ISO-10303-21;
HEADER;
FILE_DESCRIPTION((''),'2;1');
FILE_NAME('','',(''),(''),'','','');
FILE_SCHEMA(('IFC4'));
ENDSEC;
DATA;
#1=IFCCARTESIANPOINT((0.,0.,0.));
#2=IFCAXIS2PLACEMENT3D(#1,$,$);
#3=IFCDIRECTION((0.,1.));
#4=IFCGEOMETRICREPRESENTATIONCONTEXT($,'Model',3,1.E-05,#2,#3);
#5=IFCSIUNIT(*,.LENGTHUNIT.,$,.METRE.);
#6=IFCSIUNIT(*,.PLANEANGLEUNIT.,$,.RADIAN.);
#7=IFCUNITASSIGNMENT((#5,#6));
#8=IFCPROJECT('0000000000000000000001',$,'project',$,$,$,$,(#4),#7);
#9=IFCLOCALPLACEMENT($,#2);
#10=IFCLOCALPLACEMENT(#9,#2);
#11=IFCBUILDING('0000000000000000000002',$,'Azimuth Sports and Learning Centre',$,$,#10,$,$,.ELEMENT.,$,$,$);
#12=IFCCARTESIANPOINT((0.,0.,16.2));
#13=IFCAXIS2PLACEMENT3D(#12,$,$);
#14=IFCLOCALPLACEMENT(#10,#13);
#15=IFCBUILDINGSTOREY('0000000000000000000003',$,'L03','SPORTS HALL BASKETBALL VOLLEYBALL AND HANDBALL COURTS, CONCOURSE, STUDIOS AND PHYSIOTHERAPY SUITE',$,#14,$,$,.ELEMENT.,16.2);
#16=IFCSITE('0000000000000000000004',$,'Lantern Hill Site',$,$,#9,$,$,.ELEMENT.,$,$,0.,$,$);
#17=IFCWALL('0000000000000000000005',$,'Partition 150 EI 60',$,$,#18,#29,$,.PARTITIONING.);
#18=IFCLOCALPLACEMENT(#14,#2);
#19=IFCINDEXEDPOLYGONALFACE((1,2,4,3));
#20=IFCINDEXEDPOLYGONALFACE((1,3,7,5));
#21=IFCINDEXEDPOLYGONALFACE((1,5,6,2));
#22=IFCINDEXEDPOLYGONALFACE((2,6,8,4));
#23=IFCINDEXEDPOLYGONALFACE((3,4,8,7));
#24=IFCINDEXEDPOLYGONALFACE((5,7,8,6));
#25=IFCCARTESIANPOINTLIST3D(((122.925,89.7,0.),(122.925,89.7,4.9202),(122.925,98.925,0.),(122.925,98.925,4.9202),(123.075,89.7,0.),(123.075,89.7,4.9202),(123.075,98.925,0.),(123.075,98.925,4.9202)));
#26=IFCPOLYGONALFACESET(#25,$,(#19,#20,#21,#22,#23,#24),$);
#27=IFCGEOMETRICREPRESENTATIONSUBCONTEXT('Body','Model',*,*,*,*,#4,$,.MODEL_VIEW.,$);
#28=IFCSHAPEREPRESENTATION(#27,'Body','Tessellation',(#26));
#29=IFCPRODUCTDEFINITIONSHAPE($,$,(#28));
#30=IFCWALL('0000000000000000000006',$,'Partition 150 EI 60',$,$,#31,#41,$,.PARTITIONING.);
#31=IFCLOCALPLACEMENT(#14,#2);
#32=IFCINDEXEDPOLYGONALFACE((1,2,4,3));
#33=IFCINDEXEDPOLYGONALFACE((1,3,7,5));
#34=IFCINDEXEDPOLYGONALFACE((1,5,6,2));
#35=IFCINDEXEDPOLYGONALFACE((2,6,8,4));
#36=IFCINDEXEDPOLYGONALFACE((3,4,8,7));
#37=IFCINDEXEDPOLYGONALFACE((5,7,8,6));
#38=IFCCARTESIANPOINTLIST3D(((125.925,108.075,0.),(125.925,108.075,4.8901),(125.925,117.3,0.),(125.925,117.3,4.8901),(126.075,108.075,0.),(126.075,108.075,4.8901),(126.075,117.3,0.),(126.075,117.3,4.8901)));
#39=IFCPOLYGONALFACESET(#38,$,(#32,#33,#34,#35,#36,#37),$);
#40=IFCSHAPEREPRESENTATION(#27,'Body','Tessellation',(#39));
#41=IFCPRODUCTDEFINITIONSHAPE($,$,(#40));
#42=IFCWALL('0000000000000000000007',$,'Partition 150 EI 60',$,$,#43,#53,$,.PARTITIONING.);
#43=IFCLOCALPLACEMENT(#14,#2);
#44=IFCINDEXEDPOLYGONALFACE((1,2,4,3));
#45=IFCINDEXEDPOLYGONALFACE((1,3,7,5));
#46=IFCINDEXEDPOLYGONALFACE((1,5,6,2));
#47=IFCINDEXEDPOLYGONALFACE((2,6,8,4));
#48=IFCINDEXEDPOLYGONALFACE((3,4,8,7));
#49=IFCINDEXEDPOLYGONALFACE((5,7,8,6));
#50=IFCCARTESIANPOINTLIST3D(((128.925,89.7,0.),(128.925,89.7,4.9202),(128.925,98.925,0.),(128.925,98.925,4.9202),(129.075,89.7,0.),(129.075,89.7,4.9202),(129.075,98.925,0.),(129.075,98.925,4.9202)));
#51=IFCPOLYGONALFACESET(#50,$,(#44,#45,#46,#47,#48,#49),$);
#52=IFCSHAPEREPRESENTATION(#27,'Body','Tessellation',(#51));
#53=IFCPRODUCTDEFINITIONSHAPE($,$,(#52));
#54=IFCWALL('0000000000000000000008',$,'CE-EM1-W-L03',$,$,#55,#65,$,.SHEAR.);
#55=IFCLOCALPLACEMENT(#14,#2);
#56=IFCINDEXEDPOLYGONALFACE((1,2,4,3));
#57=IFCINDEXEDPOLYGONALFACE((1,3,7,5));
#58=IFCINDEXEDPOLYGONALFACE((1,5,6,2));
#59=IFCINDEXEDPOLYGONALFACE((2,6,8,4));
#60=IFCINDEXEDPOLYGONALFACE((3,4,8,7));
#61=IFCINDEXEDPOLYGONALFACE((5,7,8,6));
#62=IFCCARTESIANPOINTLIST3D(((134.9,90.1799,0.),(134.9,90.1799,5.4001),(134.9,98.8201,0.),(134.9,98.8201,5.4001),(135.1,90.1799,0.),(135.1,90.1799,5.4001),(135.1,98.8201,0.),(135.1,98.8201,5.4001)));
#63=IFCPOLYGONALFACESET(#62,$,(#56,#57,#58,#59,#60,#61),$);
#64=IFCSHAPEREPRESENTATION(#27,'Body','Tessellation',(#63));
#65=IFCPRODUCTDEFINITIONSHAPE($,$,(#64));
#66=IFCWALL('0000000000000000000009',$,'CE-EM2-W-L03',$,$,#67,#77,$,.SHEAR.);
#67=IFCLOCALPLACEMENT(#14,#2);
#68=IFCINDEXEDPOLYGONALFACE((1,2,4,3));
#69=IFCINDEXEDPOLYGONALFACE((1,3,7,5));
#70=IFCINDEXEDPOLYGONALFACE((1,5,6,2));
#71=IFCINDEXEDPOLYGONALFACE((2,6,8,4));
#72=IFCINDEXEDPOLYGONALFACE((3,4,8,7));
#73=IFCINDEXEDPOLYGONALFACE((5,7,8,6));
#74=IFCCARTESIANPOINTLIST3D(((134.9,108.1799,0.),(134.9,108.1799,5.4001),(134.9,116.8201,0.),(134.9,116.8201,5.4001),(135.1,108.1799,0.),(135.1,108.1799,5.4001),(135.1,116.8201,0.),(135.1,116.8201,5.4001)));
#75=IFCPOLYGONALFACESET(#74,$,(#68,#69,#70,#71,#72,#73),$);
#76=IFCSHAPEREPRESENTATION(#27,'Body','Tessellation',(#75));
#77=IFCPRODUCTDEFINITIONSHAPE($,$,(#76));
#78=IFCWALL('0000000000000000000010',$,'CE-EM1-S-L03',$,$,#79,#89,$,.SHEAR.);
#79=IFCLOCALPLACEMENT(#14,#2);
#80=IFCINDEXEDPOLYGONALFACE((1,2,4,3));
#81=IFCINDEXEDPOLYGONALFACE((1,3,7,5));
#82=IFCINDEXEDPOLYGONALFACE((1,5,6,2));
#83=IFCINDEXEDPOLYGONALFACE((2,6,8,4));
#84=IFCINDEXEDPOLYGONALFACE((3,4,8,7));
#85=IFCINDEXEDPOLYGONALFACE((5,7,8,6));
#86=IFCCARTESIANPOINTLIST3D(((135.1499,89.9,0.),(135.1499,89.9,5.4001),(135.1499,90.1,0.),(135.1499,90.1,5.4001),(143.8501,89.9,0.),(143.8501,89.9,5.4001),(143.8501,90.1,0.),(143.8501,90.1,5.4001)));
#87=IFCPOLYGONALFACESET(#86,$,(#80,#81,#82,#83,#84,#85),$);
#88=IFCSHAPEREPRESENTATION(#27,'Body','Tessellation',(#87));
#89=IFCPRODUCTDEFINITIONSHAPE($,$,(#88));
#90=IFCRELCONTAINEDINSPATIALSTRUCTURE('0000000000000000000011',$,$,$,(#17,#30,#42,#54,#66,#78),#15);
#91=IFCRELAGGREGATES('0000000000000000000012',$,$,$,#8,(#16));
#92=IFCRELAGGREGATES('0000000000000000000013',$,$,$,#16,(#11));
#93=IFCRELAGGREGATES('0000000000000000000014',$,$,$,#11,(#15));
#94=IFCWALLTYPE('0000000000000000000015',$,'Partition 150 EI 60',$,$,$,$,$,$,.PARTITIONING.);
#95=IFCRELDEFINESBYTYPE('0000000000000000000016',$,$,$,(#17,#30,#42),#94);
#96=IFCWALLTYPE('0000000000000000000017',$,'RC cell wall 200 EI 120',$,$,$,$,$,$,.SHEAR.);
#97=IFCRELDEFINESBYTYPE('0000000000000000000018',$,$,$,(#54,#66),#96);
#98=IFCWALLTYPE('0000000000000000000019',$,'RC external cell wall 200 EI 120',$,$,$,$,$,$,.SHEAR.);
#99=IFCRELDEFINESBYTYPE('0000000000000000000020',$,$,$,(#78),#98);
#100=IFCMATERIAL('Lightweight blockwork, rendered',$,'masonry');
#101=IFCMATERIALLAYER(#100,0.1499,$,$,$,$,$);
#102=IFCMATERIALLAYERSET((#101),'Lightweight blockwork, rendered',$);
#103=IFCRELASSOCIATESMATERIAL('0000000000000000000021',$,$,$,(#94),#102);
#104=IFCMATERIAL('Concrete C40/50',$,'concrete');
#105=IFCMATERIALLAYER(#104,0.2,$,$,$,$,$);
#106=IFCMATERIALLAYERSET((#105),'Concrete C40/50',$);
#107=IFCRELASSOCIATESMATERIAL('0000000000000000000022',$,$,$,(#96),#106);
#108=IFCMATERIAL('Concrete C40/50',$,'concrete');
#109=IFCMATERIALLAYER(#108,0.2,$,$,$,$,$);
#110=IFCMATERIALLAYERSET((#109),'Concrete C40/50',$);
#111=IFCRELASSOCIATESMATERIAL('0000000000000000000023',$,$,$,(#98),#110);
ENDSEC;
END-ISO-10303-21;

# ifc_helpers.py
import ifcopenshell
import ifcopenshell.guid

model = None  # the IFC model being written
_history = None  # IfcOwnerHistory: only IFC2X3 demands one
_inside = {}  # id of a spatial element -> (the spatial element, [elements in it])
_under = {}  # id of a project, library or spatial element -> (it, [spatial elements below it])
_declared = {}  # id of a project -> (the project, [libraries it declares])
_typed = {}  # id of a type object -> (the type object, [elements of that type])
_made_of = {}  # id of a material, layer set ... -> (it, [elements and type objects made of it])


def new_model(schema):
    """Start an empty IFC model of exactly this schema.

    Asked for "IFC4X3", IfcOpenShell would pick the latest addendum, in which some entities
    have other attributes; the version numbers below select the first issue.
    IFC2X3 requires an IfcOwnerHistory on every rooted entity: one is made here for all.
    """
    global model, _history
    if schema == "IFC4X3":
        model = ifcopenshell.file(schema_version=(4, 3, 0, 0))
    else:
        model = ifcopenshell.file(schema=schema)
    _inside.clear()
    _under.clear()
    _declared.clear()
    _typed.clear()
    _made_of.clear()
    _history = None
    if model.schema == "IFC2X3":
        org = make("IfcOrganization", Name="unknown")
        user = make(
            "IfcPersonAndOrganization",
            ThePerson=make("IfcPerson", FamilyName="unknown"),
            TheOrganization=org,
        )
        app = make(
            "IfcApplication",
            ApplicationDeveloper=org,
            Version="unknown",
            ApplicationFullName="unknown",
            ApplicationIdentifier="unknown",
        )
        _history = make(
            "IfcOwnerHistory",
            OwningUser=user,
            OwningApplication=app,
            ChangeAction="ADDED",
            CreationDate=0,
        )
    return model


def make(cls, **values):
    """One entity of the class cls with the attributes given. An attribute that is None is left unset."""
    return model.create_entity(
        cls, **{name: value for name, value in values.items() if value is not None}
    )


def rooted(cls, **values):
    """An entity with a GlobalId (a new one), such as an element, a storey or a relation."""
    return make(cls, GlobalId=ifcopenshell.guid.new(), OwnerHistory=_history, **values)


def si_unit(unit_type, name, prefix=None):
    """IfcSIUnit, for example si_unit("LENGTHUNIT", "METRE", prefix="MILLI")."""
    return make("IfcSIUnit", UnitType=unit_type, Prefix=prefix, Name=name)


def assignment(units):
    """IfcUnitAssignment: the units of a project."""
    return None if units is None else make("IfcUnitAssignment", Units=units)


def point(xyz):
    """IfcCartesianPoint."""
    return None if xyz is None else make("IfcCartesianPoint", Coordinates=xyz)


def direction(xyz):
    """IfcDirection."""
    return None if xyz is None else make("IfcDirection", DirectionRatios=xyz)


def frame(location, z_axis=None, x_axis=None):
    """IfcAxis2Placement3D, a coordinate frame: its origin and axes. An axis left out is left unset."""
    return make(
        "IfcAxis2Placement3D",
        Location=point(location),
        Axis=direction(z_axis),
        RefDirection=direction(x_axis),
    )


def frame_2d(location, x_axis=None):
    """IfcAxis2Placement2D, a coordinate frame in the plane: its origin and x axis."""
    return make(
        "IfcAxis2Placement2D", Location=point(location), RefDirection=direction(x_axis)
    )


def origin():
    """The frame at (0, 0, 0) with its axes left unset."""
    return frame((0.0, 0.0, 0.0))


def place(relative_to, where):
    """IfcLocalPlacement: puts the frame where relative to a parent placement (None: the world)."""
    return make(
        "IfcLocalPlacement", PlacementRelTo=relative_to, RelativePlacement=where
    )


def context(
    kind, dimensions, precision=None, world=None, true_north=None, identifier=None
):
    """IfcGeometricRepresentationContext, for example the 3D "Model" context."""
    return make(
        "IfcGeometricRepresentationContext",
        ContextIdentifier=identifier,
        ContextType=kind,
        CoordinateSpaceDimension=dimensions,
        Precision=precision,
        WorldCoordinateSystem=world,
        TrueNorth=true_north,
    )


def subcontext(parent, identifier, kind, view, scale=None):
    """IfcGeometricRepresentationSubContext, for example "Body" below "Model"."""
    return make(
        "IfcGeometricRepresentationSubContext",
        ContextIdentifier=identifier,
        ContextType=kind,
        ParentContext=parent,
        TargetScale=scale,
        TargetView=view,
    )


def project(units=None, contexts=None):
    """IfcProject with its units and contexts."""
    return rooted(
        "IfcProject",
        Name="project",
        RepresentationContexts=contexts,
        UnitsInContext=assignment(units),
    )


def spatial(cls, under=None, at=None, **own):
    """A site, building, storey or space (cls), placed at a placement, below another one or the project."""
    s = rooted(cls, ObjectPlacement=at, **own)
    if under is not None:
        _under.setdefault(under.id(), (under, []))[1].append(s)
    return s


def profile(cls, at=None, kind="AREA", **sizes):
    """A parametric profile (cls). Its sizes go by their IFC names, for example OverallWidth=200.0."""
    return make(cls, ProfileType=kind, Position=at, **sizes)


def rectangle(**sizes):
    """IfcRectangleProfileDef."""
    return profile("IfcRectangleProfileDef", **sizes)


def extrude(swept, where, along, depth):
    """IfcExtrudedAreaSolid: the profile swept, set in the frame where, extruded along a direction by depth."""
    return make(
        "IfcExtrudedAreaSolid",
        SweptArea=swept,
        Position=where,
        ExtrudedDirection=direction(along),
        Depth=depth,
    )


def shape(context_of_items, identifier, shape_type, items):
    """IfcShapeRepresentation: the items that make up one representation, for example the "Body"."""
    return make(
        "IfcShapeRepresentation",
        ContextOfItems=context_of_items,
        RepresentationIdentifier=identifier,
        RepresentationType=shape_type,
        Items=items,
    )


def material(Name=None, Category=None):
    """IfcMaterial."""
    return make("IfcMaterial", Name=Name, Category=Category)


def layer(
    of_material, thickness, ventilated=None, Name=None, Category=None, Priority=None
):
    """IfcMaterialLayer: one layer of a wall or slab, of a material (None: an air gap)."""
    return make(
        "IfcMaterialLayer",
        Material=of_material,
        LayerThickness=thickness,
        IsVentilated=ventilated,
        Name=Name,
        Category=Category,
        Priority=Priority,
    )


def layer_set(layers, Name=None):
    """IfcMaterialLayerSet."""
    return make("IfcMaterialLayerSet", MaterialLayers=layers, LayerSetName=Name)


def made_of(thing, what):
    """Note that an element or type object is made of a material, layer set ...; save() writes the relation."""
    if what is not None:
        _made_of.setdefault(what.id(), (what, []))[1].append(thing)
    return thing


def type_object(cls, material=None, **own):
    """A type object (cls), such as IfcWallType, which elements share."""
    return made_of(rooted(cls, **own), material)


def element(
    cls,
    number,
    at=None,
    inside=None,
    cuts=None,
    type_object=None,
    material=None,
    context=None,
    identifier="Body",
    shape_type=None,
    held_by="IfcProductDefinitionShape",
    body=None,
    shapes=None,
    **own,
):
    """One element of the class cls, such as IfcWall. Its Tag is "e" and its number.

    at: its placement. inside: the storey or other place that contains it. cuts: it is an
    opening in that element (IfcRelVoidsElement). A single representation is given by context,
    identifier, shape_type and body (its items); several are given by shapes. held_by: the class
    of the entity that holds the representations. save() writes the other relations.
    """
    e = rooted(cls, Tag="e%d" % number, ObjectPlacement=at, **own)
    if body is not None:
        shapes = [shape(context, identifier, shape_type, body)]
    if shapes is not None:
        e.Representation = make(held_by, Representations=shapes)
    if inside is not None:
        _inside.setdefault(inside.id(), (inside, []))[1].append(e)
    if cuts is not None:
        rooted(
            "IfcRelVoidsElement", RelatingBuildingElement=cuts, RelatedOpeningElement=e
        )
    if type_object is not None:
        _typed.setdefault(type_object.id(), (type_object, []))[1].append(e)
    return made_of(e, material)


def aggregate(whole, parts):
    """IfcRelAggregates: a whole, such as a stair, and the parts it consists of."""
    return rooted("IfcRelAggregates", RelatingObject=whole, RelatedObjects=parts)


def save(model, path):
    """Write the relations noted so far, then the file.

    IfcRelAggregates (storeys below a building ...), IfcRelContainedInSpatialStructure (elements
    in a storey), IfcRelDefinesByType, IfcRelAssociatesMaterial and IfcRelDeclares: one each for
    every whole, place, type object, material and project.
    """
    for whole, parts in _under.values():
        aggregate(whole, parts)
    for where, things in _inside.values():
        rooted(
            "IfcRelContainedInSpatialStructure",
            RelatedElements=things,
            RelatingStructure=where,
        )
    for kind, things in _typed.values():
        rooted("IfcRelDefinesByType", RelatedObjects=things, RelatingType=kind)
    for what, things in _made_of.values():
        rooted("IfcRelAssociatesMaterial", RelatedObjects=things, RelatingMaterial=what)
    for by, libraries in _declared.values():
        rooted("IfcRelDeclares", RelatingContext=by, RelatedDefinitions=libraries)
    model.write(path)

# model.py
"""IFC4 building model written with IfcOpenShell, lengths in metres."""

from ifc_helpers import new_model, si_unit, direction, frame, frame_2d, origin, place, context, subcontext, project, spatial, rectangle, extrude, material, layer, layer_set, type_object, element, save


model = new_model("IFC4")

# Units and contexts
model_context = context("Model", 3, precision=1e-05, world=origin(), true_north=direction((0.0, 1.0)))
body_context = subcontext(model_context, "Body", "Model", "MODEL_VIEW")
ifc_project = project(units=[si_unit("LENGTHUNIT", "METRE"), si_unit("PLANEANGLEUNIT", "RADIAN")], contexts=[model_context])

# Site, building, storey
site_placement = place(None, origin())
site = spatial("IfcSite", under=ifc_project, at=site_placement, Name="Lantern Hill Site", CompositionType="ELEMENT", RefElevation=0.0)
building_placement = place(site_placement, origin())
building = spatial("IfcBuilding", under=site, at=building_placement, Name="Azimuth Sports and Learning Centre", CompositionType="ELEMENT")
storey_placement = place(building_placement, frame((0.0, 0.0, 16.2)))
storey = spatial("IfcBuildingStorey", under=building, at=storey_placement, Name="L03", Description="SPORTS HALL BASKETBALL VOLLEYBALL AND HANDBALL COURTS, CONCOURSE, STUDIOS AND PHYSIOTHERAPY SUITE", CompositionType="ELEMENT", Elevation=16.2)

# Walls
ifc_material_1 = material(Name="Lightweight blockwork, rendered", Category="masonry")
ifc_layer_1 = layer(ifc_material_1, 0.1499)
ifc_layer_set_1 = layer_set([ifc_layer_1], Name="Lightweight blockwork, rendered")
wall_type_1 = type_object("IfcWallType", Name="Partition 150 EI 60", PredefinedType="PARTITIONING", material=ifc_layer_set_1)
for number, where, z_axis, x_axis, name in (
    (1, (123.0, 89.7, 0.0), (0.0, 0.0, 1.0), (0.0, 1.0, 0.0), "Partition 150 EI 60"),
):
    element("IfcWall", number, at=place(storey_placement, frame(where, z_axis=z_axis, x_axis=x_axis)), inside=storey, type_object=wall_type_1, Name=name, PredefinedType="PARTITIONING", context=body_context, shape_type="SweptSolid", body=[
        extrude(rectangle(XDim=9.2251, YDim=0.1499, at=frame_2d((4.6125, 0.0))), origin(), (0.0, 0.0, 1.0), 4.9202),
    ])
wall_1_placement = place(storey_placement, frame((126.0, 108.075, 0.0), z_axis=(0.0, 0.0, 1.0), x_axis=(0.0, 1.0, 0.0)))
element("IfcWall", 2, at=wall_1_placement, inside=storey, type_object=wall_type_1, Name="Partition 150 EI 60", PredefinedType="PARTITIONING", context=body_context, shape_type="SweptSolid", body=[
    extrude(rectangle(XDim=9.2251, YDim=0.1499, at=frame_2d((4.6125, 0.0))), origin(), (0.0, 0.0, 1.0), 4.8901),
])
wall_2_placement = place(storey_placement, frame((129.0, 89.7, 0.0), z_axis=(0.0, 0.0, 1.0), x_axis=(0.0, 1.0, 0.0)))
element("IfcWall", 3, at=wall_2_placement, inside=storey, type_object=wall_type_1, Name="Partition 150 EI 60", PredefinedType="PARTITIONING", context=body_context, shape_type="SweptSolid", body=[
    extrude(rectangle(XDim=9.2251, YDim=0.1499, at=frame_2d((4.6125, 0.0))), origin(), (0.0, 0.0, 1.0), 4.9202),
])
ifc_material_2 = material(Name="Concrete C40/50", Category="concrete")
ifc_layer_2 = layer(ifc_material_2, 0.2)
ifc_layer_set_2 = layer_set([ifc_layer_2], Name="Concrete C40/50")
wall_type_2 = type_object("IfcWallType", Name="RC cell wall 200 EI 120", PredefinedType="SHEAR", material=ifc_layer_set_2)
for number, where, z_axis, x_axis, name in (
    (4, (135.0, 90.1799, 0.0), (0.0, 0.0, 1.0), (0.0, 1.0, 0.0), "CE-EM1-W-L03"),
    (5, (135.0, 108.1799, 0.0), (0.0, 0.0, 1.0), (0.0, 1.0, 0.0), "CE-EM2-W-L03"),
):
    element("IfcWall", number, at=place(storey_placement, frame(where, z_axis=z_axis, x_axis=x_axis)), inside=storey, type_object=wall_type_2, Name=name, PredefinedType="SHEAR", context=body_context, shape_type="SweptSolid", body=[
        extrude(rectangle(XDim=8.6401, YDim=0.2, at=frame_2d((4.3201, 0.0))), origin(), (0.0, 0.0, 1.0), 5.4001),
    ])
ifc_material_3 = material(Name="Concrete C40/50", Category="concrete")
ifc_layer_3 = layer(ifc_material_3, 0.2)
ifc_layer_set_3 = layer_set([ifc_layer_3], Name="Concrete C40/50")
wall_type_3 = type_object("IfcWallType", Name="RC external cell wall 200 EI 120", PredefinedType="SHEAR", material=ifc_layer_set_3)
wall_3_placement = place(storey_placement, frame((135.1499, 90.0, 0.0), z_axis=(0.0, 0.0, 1.0), x_axis=(1.0, 0.0, 0.0)))
element("IfcWall", 6, at=wall_3_placement, inside=storey, type_object=wall_type_3, Name="CE-EM1-S-L03", PredefinedType="SHEAR", context=body_context, shape_type="SweptSolid", body=[
    extrude(rectangle(XDim=8.7002, YDim=0.2, at=frame_2d((4.3501, 0.0))), origin(), (0.0, 0.0, 1.0), 5.4001),
])

save(model, "model.ifc")
